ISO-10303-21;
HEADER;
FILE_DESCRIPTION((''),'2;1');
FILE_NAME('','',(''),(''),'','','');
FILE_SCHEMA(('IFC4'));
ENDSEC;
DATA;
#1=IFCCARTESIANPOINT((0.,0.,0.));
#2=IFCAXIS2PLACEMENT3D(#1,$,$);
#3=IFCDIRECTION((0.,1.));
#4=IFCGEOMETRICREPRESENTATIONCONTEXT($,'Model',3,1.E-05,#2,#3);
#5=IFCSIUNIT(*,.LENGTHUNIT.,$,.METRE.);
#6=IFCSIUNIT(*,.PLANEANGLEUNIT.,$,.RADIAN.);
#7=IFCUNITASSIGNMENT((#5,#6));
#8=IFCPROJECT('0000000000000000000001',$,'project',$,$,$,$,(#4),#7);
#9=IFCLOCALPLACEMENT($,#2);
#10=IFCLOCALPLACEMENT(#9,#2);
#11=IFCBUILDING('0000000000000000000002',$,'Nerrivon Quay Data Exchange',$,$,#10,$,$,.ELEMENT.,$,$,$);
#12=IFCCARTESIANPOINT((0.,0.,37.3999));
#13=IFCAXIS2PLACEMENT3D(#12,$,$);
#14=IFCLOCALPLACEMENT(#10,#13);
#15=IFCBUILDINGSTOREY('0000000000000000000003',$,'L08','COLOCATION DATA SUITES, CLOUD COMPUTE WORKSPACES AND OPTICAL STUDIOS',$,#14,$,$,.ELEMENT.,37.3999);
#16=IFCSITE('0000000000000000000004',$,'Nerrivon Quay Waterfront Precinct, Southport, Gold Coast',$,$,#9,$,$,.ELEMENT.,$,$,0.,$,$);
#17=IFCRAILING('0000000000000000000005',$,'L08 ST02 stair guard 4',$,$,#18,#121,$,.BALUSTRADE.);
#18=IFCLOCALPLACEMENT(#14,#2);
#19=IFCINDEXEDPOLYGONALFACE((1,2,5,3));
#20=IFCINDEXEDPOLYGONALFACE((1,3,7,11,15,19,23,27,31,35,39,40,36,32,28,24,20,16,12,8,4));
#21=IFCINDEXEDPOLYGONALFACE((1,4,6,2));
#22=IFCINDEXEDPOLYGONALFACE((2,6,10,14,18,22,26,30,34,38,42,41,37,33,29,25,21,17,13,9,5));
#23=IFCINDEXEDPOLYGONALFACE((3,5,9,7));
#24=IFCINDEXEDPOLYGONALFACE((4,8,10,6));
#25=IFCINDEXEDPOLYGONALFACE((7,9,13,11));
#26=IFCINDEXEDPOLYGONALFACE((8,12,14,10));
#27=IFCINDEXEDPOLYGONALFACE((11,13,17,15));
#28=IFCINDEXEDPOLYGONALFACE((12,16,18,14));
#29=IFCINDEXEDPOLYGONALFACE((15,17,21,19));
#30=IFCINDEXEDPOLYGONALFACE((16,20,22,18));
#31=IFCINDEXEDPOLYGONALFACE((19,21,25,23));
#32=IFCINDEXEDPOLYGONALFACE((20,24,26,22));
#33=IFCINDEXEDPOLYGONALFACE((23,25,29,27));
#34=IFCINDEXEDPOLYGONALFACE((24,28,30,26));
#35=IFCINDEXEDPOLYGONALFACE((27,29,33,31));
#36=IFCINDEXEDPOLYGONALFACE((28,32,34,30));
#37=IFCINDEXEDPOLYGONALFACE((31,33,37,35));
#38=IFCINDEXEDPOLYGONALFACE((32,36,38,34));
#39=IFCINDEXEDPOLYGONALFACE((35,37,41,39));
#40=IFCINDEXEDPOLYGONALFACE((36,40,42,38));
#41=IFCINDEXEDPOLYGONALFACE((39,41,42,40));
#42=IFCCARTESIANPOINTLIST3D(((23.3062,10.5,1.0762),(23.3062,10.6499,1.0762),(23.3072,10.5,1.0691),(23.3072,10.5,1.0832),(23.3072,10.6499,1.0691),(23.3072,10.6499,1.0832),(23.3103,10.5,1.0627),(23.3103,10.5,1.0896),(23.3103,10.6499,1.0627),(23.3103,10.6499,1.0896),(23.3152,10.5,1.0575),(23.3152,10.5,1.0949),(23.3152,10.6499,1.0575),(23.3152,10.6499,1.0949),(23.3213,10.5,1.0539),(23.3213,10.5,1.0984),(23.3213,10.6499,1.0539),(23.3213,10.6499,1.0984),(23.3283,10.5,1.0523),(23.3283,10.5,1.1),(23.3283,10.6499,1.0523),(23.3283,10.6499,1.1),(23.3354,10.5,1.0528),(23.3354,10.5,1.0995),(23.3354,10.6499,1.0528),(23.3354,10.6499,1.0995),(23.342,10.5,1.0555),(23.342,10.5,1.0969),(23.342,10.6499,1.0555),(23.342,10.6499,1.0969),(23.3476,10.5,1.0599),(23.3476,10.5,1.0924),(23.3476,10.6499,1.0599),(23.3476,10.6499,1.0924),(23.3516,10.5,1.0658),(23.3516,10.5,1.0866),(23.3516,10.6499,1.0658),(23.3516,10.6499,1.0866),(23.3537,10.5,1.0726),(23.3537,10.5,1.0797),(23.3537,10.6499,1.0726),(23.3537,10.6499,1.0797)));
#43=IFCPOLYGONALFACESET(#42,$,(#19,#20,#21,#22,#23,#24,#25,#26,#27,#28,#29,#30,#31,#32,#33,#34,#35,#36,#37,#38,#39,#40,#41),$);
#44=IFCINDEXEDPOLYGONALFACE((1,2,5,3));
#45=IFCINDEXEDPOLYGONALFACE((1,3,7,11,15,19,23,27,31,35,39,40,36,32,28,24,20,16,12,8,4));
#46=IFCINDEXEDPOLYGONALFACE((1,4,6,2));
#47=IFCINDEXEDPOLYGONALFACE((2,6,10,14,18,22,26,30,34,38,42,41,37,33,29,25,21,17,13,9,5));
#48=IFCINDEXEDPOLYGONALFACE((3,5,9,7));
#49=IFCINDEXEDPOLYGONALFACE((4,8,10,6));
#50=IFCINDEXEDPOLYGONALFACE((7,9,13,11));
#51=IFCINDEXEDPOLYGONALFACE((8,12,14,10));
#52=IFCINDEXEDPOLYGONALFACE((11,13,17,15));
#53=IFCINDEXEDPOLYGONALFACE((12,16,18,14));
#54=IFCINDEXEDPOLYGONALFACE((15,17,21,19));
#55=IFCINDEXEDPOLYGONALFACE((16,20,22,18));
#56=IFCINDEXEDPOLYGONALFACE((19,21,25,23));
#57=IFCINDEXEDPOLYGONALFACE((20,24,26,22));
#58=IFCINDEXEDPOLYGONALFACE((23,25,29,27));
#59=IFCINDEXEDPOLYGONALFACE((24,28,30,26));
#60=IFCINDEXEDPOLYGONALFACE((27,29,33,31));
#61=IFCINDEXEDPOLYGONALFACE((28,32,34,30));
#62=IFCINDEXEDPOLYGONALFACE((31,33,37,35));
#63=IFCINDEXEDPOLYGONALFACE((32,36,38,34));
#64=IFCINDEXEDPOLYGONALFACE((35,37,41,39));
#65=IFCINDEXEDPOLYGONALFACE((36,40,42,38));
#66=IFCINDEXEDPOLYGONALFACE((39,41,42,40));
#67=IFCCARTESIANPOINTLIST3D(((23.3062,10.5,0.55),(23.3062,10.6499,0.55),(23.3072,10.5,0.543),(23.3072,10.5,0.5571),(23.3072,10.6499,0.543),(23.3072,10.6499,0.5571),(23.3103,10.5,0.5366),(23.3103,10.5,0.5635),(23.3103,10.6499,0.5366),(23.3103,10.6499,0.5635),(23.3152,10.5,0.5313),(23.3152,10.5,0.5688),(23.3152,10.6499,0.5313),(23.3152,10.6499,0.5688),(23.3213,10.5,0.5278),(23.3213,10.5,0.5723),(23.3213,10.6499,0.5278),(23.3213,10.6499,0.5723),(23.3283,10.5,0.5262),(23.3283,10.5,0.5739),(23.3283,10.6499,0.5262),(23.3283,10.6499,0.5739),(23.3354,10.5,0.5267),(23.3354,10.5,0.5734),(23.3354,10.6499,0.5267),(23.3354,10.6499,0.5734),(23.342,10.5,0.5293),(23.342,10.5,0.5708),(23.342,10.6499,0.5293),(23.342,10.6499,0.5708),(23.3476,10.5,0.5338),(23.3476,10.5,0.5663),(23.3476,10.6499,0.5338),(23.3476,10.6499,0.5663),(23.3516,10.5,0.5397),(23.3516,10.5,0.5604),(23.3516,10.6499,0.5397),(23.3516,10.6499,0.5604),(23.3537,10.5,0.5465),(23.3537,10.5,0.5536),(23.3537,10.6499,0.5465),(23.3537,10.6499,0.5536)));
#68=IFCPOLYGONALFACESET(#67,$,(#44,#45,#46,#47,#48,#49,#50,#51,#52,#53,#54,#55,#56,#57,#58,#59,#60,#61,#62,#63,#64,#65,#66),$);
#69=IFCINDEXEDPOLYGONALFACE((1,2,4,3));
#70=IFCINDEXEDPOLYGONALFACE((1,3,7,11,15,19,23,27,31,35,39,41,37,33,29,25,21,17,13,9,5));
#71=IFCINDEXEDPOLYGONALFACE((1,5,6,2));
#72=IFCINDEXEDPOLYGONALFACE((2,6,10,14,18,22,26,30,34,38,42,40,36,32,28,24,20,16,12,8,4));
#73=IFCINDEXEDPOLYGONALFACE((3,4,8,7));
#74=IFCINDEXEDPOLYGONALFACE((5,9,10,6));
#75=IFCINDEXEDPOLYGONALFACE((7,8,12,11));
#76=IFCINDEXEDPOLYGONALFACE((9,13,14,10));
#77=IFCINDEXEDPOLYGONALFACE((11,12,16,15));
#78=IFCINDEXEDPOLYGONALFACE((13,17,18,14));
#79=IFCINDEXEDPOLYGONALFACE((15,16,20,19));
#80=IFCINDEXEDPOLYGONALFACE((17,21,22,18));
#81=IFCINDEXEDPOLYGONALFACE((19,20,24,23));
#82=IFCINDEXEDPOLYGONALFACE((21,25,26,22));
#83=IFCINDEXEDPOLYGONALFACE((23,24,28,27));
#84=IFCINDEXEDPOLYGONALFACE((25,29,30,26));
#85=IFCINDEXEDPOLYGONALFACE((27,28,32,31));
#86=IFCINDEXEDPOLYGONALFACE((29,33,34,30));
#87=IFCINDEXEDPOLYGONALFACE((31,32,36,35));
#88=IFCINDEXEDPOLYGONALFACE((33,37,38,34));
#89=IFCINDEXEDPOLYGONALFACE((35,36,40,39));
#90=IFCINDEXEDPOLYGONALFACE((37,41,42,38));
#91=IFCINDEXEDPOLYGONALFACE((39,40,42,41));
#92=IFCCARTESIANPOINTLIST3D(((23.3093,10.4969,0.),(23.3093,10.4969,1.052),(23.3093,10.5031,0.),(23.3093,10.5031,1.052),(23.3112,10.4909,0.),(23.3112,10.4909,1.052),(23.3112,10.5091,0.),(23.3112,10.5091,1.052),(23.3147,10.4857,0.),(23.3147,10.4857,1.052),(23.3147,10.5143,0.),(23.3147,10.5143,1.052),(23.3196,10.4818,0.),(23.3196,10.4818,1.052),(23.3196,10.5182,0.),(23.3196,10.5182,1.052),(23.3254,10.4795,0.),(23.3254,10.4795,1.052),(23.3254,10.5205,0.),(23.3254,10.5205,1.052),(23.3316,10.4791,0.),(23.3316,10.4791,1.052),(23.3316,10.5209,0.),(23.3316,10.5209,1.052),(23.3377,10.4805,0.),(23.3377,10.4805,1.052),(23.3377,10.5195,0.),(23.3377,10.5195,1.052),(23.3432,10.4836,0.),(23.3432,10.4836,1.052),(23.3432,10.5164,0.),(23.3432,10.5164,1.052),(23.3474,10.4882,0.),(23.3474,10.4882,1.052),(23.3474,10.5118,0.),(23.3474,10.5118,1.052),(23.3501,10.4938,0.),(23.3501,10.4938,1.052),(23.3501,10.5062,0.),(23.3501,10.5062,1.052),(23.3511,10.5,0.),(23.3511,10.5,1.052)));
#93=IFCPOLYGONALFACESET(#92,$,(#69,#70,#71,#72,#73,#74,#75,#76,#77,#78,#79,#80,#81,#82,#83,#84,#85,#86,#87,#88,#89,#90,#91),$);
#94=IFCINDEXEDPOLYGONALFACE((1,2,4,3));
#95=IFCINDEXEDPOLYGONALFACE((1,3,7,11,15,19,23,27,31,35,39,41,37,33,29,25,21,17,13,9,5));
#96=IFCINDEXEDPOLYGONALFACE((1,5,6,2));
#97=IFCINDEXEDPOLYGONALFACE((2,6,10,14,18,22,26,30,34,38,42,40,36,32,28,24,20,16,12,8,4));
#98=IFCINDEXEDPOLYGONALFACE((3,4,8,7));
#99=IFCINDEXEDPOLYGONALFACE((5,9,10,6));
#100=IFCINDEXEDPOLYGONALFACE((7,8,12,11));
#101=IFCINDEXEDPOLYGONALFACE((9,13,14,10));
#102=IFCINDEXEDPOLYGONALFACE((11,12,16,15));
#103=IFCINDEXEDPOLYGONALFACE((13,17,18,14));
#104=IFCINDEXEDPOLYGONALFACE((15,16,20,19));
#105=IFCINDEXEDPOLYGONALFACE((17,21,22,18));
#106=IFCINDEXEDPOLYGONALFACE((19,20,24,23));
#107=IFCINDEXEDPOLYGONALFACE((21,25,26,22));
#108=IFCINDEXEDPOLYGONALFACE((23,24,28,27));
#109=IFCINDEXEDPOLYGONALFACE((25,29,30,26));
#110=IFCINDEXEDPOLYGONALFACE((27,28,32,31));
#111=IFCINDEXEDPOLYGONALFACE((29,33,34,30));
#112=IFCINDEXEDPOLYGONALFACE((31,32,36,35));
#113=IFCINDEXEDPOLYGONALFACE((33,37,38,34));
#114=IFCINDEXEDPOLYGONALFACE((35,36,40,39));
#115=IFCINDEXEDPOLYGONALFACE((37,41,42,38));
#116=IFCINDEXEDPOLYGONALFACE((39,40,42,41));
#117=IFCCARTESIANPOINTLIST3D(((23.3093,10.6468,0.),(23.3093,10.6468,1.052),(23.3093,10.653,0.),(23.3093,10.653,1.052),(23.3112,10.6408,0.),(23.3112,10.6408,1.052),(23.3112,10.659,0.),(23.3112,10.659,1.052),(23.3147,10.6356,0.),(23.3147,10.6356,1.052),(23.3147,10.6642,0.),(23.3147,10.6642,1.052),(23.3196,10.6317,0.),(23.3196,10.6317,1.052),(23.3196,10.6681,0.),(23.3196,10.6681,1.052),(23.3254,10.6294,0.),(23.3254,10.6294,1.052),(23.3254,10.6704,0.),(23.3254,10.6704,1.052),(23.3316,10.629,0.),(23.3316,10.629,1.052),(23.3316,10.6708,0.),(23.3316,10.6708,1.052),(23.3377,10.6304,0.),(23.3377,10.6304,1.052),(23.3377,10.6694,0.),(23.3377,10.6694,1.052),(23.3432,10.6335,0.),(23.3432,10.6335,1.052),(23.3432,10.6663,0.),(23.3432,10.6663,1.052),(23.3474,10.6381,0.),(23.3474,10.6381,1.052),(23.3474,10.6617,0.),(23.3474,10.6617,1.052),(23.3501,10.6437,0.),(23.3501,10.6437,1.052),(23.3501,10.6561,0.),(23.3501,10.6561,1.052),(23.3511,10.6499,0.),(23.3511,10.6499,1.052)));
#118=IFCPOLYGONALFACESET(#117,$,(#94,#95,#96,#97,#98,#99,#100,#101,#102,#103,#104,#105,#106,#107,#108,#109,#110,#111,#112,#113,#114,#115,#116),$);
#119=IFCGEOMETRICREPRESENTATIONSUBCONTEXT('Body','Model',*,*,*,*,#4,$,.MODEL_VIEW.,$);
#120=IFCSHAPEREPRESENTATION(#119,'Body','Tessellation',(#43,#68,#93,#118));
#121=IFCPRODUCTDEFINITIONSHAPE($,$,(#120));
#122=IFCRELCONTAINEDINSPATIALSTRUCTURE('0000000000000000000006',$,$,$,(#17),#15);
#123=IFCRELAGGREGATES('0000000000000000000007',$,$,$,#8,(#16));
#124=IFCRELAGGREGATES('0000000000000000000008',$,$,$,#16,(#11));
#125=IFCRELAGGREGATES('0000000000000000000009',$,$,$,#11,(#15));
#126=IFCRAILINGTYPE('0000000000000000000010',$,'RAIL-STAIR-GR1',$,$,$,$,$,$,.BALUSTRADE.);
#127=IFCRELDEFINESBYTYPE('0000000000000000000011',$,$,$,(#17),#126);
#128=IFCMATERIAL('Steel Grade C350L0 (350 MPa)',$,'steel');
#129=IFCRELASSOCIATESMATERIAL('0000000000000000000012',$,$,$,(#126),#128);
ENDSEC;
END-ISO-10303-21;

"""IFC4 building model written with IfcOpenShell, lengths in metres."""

from ifc_helpers import new_model, si_unit, direction, frame, origin, origin_2d, place, context, subcontext, project, spatial, circle, extrude, material, type_object, element, save


model = new_model("IFC4")

# Units and contexts
model_context = context("Model", 3, precision=1e-05, world=origin(), true_north=direction((0.0, 1.0)))
body_context = subcontext(model_context, "Body", "Model", "MODEL_VIEW")
ifc_project = project(units=[si_unit("LENGTHUNIT", "METRE"), si_unit("PLANEANGLEUNIT", "RADIAN")], contexts=[model_context])

# Site, building, storey
site_placement = place(None, origin())
site = spatial("IfcSite", under=ifc_project, at=site_placement, Name="Nerrivon Quay Waterfront Precinct, Southport, Gold Coast", CompositionType="ELEMENT", RefElevation=0.0)
building_placement = place(site_placement, origin())
building = spatial("IfcBuilding", under=site, at=building_placement, Name="Nerrivon Quay Data Exchange", CompositionType="ELEMENT")
storey_placement = place(building_placement, frame((0.0, 0.0, 37.3999)))
storey = spatial("IfcBuildingStorey", under=building, at=storey_placement, Name="L08", Description="COLOCATION DATA SUITES, CLOUD COMPUTE WORKSPACES AND OPTICAL STUDIOS", CompositionType="ELEMENT", Elevation=37.3999)

# Railing
ifc_material_1 = material(Name="Steel Grade C350L0 (350 MPa)", Category="steel")
railing_type_1 = type_object("IfcRailingType", Name="RAIL-STAIR-GR1", PredefinedType="BALUSTRADE", material=ifc_material_1)
railing_1_placement = place(storey_placement, frame((23.3301, 10.5, 0.0)))
element("IfcRailing", 1, at=railing_1_placement, inside=storey, type_object=railing_type_1, Name="L08 ST02 stair guard 4", PredefinedType="BALUSTRADE", context=body_context, shape_type="SweptSolid", body=[
    extrude(circle(Radius=0.0239, at=origin_2d()), frame((0.0, 0.0, 1.0762), z_axis=(0.0, 1.0, 0.0), x_axis=(-1.0, 0.0, 0.0)), (0.0, 0.0, 1.0), 0.1499),
    extrude(circle(Radius=0.0239, at=origin_2d()), frame((0.0, 0.0, 0.55), z_axis=(0.0, 1.0, 0.0), x_axis=(-1.0, 0.0, 0.0)), (0.0, 0.0, 1.0), 0.1499),
    extrude(circle(Radius=0.021, at=origin_2d()), origin(), (0.0, 0.0, 1.0), 1.052),
    extrude(circle(Radius=0.021, at=origin_2d()), frame((0.0, 0.1499, 0.0)), (0.0, 0.0, 1.0), 1.052),
])

save(model, "model.ifc")
